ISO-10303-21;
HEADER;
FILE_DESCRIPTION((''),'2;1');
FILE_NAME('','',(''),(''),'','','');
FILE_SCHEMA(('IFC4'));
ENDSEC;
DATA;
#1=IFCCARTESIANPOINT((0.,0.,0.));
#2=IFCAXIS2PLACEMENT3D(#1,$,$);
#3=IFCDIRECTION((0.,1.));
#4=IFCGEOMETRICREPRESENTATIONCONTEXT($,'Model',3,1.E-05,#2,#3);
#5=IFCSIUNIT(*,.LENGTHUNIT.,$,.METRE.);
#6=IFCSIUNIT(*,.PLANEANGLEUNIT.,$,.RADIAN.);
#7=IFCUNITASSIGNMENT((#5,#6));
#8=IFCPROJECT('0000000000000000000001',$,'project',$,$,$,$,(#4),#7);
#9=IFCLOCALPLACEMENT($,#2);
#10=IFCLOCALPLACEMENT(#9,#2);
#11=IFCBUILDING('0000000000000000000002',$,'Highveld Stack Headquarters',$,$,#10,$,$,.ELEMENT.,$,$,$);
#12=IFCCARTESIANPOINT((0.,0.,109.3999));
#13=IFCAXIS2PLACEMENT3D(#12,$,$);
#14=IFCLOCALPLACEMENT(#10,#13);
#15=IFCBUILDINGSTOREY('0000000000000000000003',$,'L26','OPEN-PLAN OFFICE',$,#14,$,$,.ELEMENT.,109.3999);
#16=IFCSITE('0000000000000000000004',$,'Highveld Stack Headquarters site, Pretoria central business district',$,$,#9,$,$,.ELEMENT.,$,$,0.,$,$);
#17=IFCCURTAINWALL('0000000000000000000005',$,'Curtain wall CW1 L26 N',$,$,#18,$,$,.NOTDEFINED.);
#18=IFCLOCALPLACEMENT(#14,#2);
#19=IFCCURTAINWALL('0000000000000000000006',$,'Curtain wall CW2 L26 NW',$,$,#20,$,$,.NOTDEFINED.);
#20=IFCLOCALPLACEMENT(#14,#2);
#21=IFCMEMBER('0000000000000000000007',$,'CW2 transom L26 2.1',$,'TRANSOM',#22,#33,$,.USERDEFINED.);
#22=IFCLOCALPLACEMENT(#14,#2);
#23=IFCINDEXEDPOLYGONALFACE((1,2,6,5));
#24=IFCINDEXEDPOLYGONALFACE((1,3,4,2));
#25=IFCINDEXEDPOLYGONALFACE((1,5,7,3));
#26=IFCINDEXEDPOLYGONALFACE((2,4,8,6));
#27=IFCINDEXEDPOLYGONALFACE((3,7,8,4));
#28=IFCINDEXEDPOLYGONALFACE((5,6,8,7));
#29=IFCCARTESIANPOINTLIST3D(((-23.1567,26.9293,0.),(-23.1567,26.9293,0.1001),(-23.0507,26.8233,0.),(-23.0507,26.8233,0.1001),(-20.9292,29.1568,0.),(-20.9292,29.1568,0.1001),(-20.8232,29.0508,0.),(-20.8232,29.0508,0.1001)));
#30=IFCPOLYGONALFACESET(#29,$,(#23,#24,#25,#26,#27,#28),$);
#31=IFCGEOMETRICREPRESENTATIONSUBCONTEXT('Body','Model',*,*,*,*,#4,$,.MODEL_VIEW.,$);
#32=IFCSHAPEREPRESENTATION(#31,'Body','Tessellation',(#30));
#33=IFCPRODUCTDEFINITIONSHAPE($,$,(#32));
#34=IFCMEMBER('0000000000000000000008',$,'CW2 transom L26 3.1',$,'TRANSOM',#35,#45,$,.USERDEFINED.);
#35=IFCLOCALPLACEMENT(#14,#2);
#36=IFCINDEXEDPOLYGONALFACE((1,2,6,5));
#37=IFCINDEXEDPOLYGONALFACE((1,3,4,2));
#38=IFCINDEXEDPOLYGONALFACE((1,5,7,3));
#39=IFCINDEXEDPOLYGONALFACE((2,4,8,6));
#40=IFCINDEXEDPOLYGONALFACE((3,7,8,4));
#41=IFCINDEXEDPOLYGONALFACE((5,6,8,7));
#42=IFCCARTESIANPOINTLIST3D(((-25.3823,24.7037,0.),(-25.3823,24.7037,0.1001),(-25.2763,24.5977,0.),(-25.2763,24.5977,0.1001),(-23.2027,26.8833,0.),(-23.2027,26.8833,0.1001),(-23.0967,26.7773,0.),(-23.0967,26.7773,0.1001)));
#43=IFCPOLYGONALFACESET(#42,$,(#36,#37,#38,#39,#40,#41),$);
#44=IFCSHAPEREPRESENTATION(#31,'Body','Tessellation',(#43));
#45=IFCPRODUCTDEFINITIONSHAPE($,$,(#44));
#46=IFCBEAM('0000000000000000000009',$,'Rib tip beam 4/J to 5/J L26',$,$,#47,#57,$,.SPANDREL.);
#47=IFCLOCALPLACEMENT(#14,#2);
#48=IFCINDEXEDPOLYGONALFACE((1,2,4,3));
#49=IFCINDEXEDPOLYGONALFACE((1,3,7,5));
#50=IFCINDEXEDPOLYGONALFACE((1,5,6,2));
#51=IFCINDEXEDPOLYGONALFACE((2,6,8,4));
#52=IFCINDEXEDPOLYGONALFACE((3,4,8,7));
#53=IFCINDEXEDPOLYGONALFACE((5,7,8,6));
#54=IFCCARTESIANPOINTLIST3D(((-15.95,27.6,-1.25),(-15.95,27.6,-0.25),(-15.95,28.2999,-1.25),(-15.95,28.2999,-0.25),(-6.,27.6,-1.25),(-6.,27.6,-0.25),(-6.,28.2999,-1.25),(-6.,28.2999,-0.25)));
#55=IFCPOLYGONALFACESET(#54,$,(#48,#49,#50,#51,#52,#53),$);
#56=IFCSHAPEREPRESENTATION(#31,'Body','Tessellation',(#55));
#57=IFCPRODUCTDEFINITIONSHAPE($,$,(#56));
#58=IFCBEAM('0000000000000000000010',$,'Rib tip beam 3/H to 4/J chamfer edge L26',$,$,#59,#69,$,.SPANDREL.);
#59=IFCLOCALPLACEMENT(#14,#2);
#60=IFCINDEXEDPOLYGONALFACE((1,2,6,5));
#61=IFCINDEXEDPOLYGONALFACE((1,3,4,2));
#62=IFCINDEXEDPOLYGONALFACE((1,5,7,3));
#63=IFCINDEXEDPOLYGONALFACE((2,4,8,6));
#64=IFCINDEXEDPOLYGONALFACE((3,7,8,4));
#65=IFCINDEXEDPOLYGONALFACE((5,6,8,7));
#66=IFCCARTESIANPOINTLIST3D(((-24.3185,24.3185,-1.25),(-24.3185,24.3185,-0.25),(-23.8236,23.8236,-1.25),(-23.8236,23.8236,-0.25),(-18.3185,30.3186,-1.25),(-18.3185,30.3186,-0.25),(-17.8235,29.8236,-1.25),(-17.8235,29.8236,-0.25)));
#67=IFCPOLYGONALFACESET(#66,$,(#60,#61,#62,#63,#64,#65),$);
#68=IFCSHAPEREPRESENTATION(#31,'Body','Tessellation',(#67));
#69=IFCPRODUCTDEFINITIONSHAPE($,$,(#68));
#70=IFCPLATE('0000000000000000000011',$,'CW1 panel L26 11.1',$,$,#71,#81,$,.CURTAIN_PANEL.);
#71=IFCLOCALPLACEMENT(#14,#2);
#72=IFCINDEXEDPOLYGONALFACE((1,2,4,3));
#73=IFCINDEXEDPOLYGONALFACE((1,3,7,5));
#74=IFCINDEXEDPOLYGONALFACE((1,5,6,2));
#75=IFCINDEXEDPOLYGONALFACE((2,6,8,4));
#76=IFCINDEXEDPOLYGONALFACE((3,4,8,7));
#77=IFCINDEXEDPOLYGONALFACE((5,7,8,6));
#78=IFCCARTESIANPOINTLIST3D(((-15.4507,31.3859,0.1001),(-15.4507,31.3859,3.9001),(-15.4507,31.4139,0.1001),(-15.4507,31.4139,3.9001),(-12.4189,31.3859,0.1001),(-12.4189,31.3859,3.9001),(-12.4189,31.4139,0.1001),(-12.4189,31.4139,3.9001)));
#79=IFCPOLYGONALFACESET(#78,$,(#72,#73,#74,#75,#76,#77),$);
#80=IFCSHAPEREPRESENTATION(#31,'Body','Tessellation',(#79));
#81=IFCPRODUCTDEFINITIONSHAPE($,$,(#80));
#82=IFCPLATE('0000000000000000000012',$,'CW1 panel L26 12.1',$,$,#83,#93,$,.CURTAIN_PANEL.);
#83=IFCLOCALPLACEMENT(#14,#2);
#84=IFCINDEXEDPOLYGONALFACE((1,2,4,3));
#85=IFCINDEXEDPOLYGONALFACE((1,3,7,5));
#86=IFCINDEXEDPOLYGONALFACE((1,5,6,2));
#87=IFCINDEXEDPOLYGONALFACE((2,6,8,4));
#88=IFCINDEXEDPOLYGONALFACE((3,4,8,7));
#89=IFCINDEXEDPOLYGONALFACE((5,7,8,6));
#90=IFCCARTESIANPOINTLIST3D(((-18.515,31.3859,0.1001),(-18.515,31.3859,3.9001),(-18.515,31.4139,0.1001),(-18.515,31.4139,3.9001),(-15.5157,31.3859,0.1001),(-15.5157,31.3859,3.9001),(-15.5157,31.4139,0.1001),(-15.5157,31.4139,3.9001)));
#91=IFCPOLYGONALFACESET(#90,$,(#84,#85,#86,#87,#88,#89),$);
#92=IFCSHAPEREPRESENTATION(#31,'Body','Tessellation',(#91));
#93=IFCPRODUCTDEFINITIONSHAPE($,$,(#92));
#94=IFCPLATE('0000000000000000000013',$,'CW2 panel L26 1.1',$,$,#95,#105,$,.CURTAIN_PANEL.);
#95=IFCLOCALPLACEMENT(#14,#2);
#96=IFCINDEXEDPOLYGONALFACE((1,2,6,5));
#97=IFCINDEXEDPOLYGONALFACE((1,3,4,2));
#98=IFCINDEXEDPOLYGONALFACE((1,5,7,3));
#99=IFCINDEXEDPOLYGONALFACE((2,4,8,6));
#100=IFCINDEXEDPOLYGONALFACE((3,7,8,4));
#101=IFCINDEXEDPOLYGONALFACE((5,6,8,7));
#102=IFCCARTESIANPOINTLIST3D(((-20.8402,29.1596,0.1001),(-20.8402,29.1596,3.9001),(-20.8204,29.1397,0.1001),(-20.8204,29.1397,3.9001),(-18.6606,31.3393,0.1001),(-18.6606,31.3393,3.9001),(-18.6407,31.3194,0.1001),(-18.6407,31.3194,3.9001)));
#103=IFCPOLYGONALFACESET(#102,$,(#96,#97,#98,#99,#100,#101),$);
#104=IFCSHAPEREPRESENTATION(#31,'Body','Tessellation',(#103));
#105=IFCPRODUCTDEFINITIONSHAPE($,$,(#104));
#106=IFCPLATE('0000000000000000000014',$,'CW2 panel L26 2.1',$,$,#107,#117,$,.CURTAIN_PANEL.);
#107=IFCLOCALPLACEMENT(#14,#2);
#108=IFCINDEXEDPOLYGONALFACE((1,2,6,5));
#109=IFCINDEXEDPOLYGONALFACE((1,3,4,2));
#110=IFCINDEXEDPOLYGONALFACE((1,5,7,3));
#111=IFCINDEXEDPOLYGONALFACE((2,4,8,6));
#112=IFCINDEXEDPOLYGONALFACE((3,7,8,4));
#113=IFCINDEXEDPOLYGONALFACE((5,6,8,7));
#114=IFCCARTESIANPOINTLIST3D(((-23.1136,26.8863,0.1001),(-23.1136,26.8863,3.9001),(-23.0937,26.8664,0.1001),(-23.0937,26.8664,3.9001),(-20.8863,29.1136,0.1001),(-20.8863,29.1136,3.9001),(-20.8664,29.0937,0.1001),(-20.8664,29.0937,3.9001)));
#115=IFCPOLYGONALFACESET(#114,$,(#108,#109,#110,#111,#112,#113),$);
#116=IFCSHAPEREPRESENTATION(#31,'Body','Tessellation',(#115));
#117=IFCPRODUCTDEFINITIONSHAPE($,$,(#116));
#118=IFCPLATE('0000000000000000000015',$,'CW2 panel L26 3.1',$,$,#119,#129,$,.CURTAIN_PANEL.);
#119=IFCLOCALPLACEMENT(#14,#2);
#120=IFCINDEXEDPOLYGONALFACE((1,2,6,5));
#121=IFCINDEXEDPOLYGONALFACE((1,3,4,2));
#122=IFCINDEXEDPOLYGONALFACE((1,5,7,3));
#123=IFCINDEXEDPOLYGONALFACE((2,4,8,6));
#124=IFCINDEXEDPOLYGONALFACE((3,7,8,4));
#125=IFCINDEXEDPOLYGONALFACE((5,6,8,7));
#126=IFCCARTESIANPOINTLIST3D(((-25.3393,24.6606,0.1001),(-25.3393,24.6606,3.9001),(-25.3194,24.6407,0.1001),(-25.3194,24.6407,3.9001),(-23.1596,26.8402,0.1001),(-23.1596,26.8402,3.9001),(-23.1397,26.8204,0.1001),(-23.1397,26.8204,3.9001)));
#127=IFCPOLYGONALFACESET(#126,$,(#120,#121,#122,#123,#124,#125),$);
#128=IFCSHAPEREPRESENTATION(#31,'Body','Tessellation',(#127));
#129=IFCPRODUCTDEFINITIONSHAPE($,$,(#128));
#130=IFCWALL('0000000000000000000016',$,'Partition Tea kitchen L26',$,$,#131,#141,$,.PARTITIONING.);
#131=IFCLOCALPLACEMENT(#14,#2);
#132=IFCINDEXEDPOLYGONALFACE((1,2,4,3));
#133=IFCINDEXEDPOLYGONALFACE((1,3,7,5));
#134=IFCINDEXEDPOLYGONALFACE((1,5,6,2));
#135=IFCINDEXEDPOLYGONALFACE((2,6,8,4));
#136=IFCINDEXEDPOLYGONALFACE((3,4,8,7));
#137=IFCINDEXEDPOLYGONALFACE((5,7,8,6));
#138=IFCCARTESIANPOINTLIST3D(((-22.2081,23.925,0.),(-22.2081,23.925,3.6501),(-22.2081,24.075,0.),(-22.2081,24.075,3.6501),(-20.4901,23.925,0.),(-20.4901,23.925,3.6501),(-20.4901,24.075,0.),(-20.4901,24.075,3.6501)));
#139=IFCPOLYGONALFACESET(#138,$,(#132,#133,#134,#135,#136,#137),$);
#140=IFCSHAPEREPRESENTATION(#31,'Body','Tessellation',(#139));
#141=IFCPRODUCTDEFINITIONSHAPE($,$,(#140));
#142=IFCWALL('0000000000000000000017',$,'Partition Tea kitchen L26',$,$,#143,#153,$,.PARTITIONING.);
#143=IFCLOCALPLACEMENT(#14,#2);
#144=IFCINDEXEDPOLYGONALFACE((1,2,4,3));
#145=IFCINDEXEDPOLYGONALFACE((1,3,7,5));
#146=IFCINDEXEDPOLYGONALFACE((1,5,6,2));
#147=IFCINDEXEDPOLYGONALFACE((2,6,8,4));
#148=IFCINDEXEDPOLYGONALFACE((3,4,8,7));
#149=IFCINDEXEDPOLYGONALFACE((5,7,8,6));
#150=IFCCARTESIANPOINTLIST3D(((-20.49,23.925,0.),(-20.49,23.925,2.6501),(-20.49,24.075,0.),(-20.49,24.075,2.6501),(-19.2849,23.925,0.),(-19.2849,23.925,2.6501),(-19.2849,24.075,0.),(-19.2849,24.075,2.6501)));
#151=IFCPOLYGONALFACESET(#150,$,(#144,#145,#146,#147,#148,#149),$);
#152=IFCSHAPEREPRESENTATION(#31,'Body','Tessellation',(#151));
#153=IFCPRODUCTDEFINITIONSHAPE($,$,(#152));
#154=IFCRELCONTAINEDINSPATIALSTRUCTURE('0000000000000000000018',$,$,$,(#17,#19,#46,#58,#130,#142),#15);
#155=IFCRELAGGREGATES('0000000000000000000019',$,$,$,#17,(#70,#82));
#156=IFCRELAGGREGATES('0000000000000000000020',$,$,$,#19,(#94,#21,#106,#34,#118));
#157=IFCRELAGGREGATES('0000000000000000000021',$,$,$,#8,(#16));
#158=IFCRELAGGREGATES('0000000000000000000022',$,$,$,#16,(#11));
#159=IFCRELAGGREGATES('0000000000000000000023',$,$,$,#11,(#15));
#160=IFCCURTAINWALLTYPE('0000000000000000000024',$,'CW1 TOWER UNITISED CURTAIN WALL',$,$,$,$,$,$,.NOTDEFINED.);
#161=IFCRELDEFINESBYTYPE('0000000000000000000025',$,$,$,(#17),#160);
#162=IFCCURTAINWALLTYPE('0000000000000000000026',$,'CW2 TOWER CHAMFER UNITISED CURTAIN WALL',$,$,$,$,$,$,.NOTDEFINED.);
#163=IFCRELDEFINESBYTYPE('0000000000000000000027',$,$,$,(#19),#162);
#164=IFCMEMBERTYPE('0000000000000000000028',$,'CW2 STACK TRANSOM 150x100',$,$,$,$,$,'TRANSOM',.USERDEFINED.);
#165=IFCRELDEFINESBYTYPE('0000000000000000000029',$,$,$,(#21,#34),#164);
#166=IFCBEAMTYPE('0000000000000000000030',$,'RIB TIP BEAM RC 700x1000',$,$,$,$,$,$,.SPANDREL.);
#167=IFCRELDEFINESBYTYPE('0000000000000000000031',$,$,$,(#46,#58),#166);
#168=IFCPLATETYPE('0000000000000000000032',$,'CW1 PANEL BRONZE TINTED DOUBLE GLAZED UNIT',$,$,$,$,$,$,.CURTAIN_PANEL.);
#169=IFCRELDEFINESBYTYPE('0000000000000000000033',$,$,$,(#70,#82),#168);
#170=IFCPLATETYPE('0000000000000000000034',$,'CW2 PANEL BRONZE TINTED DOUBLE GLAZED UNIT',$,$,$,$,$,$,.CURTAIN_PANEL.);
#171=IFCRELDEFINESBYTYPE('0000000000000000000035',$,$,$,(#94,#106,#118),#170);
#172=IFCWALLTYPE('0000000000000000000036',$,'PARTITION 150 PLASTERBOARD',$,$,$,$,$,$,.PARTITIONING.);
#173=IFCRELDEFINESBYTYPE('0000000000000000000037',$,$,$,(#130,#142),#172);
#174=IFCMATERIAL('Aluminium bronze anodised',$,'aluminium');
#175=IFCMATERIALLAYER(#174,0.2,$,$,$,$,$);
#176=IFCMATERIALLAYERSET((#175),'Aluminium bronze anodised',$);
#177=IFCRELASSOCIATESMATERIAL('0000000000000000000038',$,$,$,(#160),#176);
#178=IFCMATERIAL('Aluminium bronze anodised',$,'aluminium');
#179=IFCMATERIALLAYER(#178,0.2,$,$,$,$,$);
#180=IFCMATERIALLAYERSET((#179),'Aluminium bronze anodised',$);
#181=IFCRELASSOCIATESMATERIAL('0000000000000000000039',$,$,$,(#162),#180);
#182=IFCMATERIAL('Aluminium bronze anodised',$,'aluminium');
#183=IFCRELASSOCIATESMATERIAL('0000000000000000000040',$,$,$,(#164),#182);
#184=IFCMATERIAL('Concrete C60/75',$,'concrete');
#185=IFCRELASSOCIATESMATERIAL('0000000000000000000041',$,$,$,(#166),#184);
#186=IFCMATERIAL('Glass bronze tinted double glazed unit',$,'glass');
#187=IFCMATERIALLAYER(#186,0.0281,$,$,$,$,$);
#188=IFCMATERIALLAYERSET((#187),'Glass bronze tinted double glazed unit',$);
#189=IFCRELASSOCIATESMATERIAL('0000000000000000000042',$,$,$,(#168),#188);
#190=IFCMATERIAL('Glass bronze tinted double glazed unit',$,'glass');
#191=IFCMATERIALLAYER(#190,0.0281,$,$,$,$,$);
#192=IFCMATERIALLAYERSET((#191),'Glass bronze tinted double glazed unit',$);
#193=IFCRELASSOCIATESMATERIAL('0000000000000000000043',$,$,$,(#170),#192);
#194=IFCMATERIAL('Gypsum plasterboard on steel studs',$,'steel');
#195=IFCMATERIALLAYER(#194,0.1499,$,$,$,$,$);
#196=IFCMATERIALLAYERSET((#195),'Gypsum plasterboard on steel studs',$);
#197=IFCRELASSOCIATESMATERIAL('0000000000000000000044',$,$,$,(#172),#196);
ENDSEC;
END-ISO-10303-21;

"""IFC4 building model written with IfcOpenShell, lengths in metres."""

from ifc_helpers import new_model, si_unit, direction, frame, frame_2d, origin, origin_2d, place, context, subcontext, project, spatial, rectangle, extrude, material, layer, layer_set, material_profile, profile_set, type_object, element, aggregate, save


model = new_model("IFC4")

# Units and contexts
model_context = context("Model", 3, precision=1e-05, world=origin(), true_north=direction((0.0, 1.0)))
body_context = subcontext(model_context, "Body", "Model", "MODEL_VIEW")
ifc_project = project(units=[si_unit("LENGTHUNIT", "METRE"), si_unit("PLANEANGLEUNIT", "RADIAN")], contexts=[model_context])

# Site, building, storey
site_placement = place(None, origin())
site = spatial("IfcSite", under=ifc_project, at=site_placement, Name="Highveld Stack Headquarters site, Pretoria central business district", CompositionType="ELEMENT", RefElevation=0.0)
building_placement = place(site_placement, origin())
building = spatial("IfcBuilding", under=site, at=building_placement, Name="Highveld Stack Headquarters", CompositionType="ELEMENT")
storey_placement = place(building_placement, frame((0.0, 0.0, 109.3999)))
storey = spatial("IfcBuildingStorey", under=building, at=storey_placement, Name="L26", Description="OPEN-PLAN OFFICE", CompositionType="ELEMENT", Elevation=109.3999)

# Curtain wall
ifc_material_1 = material(Name="Aluminium bronze anodised", Category="aluminium")
ifc_layer_1 = layer(ifc_material_1, 0.2)
ifc_layer_set_1 = layer_set([ifc_layer_1], Name="Aluminium bronze anodised")
curtain_wall_type_1 = type_object("IfcCurtainWallType", Name="CW1 TOWER UNITISED CURTAIN WALL", PredefinedType="NOTDEFINED", material=ifc_layer_set_1)
curtain_wall_1_placement = place(storey_placement, origin())
curtain_wall_1 = element("IfcCurtainWall", 1, at=curtain_wall_1_placement, inside=storey, type_object=curtain_wall_type_1, Name="Curtain wall CW1 L26 N", PredefinedType="NOTDEFINED")

# Curtain wall, members
ifc_material_2 = material(Name="Aluminium bronze anodised", Category="aluminium")
ifc_layer_2 = layer(ifc_material_2, 0.2)
ifc_layer_set_2 = layer_set([ifc_layer_2], Name="Aluminium bronze anodised")
curtain_wall_type_2 = type_object("IfcCurtainWallType", Name="CW2 TOWER CHAMFER UNITISED CURTAIN WALL", PredefinedType="NOTDEFINED", material=ifc_layer_set_2)
curtain_wall_2_placement = place(storey_placement, origin())
curtain_wall_2 = element("IfcCurtainWall", 2, at=curtain_wall_2_placement, inside=storey, type_object=curtain_wall_type_2, Name="Curtain wall CW2 L26 NW", PredefinedType="NOTDEFINED")
ifc_material_3 = material(Name="Aluminium bronze anodised", Category="aluminium")
ifc_material_profile_1 = material_profile(ifc_material_3, rectangle(XDim=0.1499, YDim=0.1001, at=origin_2d()), Name="CW2 TRANSOM 150x100")
ifc_profile_set_1 = profile_set([ifc_material_profile_1], Name="Aluminium bronze anodised")
member_type_1 = type_object("IfcMemberType", Name="CW2 STACK TRANSOM 150x100", ElementType="TRANSOM", PredefinedType="USERDEFINED", material=ifc_profile_set_1)
member_1_placement = place(storey_placement, frame((-20.8762, 29.1038, 0.05), z_axis=(-0.707107, -0.707107, 0.0), x_axis=(0.707107, -0.707107, 0.0)))
member_1 = element("IfcMember", 3, at=member_1_placement, type_object=member_type_1, Name="CW2 transom L26 2.1", ObjectType="TRANSOM", PredefinedType="USERDEFINED", context=body_context, shape_type="SweptSolid", body=[
    extrude(rectangle(XDim=0.1499, YDim=0.1001, at=origin_2d()), origin(), (0.0, 0.0, 1.0), 3.1501),
])
member_2_placement = place(storey_placement, frame((-23.1497, 26.8303, 0.05), z_axis=(-0.707107, -0.707107, 0.0), x_axis=(0.707107, -0.707107, 0.0)))
member_2 = element("IfcMember", 4, at=member_2_placement, type_object=member_type_1, Name="CW2 transom L26 3.1", ObjectType="TRANSOM", PredefinedType="USERDEFINED", context=body_context, shape_type="SweptSolid", body=[
    extrude(rectangle(XDim=0.1499, YDim=0.1001, at=origin_2d()), origin(), (0.0, 0.0, 1.0), 3.0825),
])

# Beams
ifc_material_4 = material(Name="Concrete C60/75", Category="concrete")
ifc_material_profile_2 = material_profile(ifc_material_4, rectangle(XDim=0.7, YDim=1.0, at=origin_2d()), Name="RC 700x1000")
ifc_profile_set_2 = profile_set([ifc_material_profile_2], Name="Concrete C60/75")
beam_type = type_object("IfcBeamType", Name="RIB TIP BEAM RC 700x1000", PredefinedType="SPANDREL", material=ifc_profile_set_2)
beam_1_placement = place(storey_placement, frame((-15.95, 27.95, -0.75), z_axis=(1.0, 0.0, 0.0), x_axis=(0.0, 1.0, 0.0)))
element("IfcBeam", 5, at=beam_1_placement, inside=storey, type_object=beam_type, Name="Rib tip beam 4/J to 5/J L26", PredefinedType="SPANDREL", context=body_context, shape_type="SweptSolid", body=[
    extrude(rectangle(XDim=0.7, YDim=1.0, at=origin_2d()), origin(), (0.0, 0.0, 1.0), 9.95),
])
beam_2_placement = place(storey_placement, frame((-24.071, 24.071, -0.75), z_axis=(0.707107, 0.707107, 0.0), x_axis=(-0.707107, 0.707107, 0.0)))
element("IfcBeam", 6, at=beam_2_placement, inside=storey, type_object=beam_type, Name="Rib tip beam 3/H to 4/J chamfer edge L26", PredefinedType="SPANDREL", context=body_context, shape_type="SweptSolid", body=[
    extrude(rectangle(XDim=0.7, YDim=1.0, at=origin_2d()), origin(), (0.0, 0.0, 1.0), 8.4854),
])

# Plates
ifc_material_5 = material(Name="Glass bronze tinted double glazed unit", Category="glass")
ifc_layer_3 = layer(ifc_material_5, 0.0281)
ifc_layer_set_3 = layer_set([ifc_layer_3], Name="Glass bronze tinted double glazed unit")
plate_type_1 = type_object("IfcPlateType", Name="CW1 PANEL BRONZE TINTED DOUBLE GLAZED UNIT", PredefinedType="CURTAIN_PANEL", material=ifc_layer_set_3)
plate_1_placement = place(storey_placement, frame((-13.9348, 31.3999, 0.1001), z_axis=(0.0, 0.0, 1.0), x_axis=(-1.0, 0.0, 0.0)))
plate_1 = element("IfcPlate", 7, at=plate_1_placement, type_object=plate_type_1, Name="CW1 panel L26 11.1", PredefinedType="CURTAIN_PANEL", context=body_context, shape_type="SweptSolid", body=[
    extrude(rectangle(XDim=3.0317, YDim=0.0281, at=origin_2d()), origin(), (0.0, 0.0, 1.0), 3.8),
])
plate_2_placement = place(storey_placement, frame((-17.0154, 31.3999, 0.1001), z_axis=(0.0, 0.0, 1.0), x_axis=(-1.0, 0.0, 0.0)))
plate_2 = element("IfcPlate", 8, at=plate_2_placement, type_object=plate_type_1, Name="CW1 panel L26 12.1", PredefinedType="CURTAIN_PANEL", context=body_context, shape_type="SweptSolid", body=[
    extrude(rectangle(XDim=2.9993, YDim=0.0281, at=origin_2d()), origin(), (0.0, 0.0, 1.0), 3.8),
])
aggregate(curtain_wall_1, [plate_1, plate_2])
ifc_material_6 = material(Name="Glass bronze tinted double glazed unit", Category="glass")
ifc_layer_4 = layer(ifc_material_6, 0.0281)
ifc_layer_set_4 = layer_set([ifc_layer_4], Name="Glass bronze tinted double glazed unit")
plate_type_2 = type_object("IfcPlateType", Name="CW2 PANEL BRONZE TINTED DOUBLE GLAZED UNIT", PredefinedType="CURTAIN_PANEL", material=ifc_layer_set_4)
plate_3_placement = place(storey_placement, frame((-19.7405, 30.2395, 0.1001), z_axis=(0.0, 0.0, 1.0), x_axis=(-0.707107, -0.707107, 0.0)))
plate_3 = element("IfcPlate", 9, at=plate_3_placement, type_object=plate_type_2, Name="CW2 panel L26 1.1", PredefinedType="CURTAIN_PANEL", context=body_context, shape_type="SweptSolid", body=[
    extrude(rectangle(XDim=3.0825, YDim=0.0281, at=origin_2d()), origin(), (0.0, 0.0, 1.0), 3.8),
])
plate_4_placement = place(storey_placement, frame((-21.99, 27.99, 0.1001), z_axis=(0.0, 0.0, 1.0), x_axis=(-0.707107, -0.707107, 0.0)))
plate_4 = element("IfcPlate", 10, at=plate_4_placement, type_object=plate_type_2, Name="CW2 panel L26 2.1", PredefinedType="CURTAIN_PANEL", context=body_context, shape_type="SweptSolid", body=[
    extrude(rectangle(XDim=3.1499, YDim=0.0281, at=origin_2d()), origin(), (0.0, 0.0, 1.0), 3.8),
])
plate_5_placement = place(storey_placement, frame((-24.2395, 25.7405, 0.1001), z_axis=(0.0, 0.0, 1.0), x_axis=(-0.707107, -0.707107, 0.0)))
plate_5 = element("IfcPlate", 11, at=plate_5_placement, type_object=plate_type_2, Name="CW2 panel L26 3.1", PredefinedType="CURTAIN_PANEL", context=body_context, shape_type="SweptSolid", body=[
    extrude(rectangle(XDim=3.0825, YDim=0.0281, at=origin_2d()), origin(), (0.0, 0.0, 1.0), 3.8),
])
aggregate(curtain_wall_2, [plate_3, member_1, plate_4, member_2, plate_5])

# Walls
ifc_material_7 = material(Name="Gypsum plasterboard on steel studs", Category="steel")
ifc_layer_5 = layer(ifc_material_7, 0.1499)
ifc_layer_set_5 = layer_set([ifc_layer_5], Name="Gypsum plasterboard on steel studs")
wall_type = type_object("IfcWallType", Name="PARTITION 150 PLASTERBOARD", PredefinedType="PARTITIONING", material=ifc_layer_set_5)
wall_1_placement = place(storey_placement, frame((-22.208, 24.0, 0.0), z_axis=(0.0, 0.0, 1.0), x_axis=(1.0, 0.0, 0.0)))
element("IfcWall", 12, at=wall_1_placement, inside=storey, type_object=wall_type, Name="Partition Tea kitchen L26", PredefinedType="PARTITIONING", context=body_context, shape_type="SweptSolid", body=[
    extrude(rectangle(XDim=1.718, YDim=0.1499, at=frame_2d((0.8589, 0.0))), origin(), (0.0, 0.0, 1.0), 3.6501),
])
wall_2_placement = place(storey_placement, frame((-20.49, 24.0, 0.0), z_axis=(0.0, 0.0, 1.0), x_axis=(1.0, 0.0, 0.0)))
element("IfcWall", 13, at=wall_2_placement, inside=storey, type_object=wall_type, Name="Partition Tea kitchen L26", PredefinedType="PARTITIONING", context=body_context, shape_type="SweptSolid", body=[
    extrude(rectangle(XDim=1.2051, YDim=0.1499, at=frame_2d((0.6025, 0.0))), origin(), (0.0, 0.0, 1.0), 2.6501),
])

save(model, "model.ifc")
